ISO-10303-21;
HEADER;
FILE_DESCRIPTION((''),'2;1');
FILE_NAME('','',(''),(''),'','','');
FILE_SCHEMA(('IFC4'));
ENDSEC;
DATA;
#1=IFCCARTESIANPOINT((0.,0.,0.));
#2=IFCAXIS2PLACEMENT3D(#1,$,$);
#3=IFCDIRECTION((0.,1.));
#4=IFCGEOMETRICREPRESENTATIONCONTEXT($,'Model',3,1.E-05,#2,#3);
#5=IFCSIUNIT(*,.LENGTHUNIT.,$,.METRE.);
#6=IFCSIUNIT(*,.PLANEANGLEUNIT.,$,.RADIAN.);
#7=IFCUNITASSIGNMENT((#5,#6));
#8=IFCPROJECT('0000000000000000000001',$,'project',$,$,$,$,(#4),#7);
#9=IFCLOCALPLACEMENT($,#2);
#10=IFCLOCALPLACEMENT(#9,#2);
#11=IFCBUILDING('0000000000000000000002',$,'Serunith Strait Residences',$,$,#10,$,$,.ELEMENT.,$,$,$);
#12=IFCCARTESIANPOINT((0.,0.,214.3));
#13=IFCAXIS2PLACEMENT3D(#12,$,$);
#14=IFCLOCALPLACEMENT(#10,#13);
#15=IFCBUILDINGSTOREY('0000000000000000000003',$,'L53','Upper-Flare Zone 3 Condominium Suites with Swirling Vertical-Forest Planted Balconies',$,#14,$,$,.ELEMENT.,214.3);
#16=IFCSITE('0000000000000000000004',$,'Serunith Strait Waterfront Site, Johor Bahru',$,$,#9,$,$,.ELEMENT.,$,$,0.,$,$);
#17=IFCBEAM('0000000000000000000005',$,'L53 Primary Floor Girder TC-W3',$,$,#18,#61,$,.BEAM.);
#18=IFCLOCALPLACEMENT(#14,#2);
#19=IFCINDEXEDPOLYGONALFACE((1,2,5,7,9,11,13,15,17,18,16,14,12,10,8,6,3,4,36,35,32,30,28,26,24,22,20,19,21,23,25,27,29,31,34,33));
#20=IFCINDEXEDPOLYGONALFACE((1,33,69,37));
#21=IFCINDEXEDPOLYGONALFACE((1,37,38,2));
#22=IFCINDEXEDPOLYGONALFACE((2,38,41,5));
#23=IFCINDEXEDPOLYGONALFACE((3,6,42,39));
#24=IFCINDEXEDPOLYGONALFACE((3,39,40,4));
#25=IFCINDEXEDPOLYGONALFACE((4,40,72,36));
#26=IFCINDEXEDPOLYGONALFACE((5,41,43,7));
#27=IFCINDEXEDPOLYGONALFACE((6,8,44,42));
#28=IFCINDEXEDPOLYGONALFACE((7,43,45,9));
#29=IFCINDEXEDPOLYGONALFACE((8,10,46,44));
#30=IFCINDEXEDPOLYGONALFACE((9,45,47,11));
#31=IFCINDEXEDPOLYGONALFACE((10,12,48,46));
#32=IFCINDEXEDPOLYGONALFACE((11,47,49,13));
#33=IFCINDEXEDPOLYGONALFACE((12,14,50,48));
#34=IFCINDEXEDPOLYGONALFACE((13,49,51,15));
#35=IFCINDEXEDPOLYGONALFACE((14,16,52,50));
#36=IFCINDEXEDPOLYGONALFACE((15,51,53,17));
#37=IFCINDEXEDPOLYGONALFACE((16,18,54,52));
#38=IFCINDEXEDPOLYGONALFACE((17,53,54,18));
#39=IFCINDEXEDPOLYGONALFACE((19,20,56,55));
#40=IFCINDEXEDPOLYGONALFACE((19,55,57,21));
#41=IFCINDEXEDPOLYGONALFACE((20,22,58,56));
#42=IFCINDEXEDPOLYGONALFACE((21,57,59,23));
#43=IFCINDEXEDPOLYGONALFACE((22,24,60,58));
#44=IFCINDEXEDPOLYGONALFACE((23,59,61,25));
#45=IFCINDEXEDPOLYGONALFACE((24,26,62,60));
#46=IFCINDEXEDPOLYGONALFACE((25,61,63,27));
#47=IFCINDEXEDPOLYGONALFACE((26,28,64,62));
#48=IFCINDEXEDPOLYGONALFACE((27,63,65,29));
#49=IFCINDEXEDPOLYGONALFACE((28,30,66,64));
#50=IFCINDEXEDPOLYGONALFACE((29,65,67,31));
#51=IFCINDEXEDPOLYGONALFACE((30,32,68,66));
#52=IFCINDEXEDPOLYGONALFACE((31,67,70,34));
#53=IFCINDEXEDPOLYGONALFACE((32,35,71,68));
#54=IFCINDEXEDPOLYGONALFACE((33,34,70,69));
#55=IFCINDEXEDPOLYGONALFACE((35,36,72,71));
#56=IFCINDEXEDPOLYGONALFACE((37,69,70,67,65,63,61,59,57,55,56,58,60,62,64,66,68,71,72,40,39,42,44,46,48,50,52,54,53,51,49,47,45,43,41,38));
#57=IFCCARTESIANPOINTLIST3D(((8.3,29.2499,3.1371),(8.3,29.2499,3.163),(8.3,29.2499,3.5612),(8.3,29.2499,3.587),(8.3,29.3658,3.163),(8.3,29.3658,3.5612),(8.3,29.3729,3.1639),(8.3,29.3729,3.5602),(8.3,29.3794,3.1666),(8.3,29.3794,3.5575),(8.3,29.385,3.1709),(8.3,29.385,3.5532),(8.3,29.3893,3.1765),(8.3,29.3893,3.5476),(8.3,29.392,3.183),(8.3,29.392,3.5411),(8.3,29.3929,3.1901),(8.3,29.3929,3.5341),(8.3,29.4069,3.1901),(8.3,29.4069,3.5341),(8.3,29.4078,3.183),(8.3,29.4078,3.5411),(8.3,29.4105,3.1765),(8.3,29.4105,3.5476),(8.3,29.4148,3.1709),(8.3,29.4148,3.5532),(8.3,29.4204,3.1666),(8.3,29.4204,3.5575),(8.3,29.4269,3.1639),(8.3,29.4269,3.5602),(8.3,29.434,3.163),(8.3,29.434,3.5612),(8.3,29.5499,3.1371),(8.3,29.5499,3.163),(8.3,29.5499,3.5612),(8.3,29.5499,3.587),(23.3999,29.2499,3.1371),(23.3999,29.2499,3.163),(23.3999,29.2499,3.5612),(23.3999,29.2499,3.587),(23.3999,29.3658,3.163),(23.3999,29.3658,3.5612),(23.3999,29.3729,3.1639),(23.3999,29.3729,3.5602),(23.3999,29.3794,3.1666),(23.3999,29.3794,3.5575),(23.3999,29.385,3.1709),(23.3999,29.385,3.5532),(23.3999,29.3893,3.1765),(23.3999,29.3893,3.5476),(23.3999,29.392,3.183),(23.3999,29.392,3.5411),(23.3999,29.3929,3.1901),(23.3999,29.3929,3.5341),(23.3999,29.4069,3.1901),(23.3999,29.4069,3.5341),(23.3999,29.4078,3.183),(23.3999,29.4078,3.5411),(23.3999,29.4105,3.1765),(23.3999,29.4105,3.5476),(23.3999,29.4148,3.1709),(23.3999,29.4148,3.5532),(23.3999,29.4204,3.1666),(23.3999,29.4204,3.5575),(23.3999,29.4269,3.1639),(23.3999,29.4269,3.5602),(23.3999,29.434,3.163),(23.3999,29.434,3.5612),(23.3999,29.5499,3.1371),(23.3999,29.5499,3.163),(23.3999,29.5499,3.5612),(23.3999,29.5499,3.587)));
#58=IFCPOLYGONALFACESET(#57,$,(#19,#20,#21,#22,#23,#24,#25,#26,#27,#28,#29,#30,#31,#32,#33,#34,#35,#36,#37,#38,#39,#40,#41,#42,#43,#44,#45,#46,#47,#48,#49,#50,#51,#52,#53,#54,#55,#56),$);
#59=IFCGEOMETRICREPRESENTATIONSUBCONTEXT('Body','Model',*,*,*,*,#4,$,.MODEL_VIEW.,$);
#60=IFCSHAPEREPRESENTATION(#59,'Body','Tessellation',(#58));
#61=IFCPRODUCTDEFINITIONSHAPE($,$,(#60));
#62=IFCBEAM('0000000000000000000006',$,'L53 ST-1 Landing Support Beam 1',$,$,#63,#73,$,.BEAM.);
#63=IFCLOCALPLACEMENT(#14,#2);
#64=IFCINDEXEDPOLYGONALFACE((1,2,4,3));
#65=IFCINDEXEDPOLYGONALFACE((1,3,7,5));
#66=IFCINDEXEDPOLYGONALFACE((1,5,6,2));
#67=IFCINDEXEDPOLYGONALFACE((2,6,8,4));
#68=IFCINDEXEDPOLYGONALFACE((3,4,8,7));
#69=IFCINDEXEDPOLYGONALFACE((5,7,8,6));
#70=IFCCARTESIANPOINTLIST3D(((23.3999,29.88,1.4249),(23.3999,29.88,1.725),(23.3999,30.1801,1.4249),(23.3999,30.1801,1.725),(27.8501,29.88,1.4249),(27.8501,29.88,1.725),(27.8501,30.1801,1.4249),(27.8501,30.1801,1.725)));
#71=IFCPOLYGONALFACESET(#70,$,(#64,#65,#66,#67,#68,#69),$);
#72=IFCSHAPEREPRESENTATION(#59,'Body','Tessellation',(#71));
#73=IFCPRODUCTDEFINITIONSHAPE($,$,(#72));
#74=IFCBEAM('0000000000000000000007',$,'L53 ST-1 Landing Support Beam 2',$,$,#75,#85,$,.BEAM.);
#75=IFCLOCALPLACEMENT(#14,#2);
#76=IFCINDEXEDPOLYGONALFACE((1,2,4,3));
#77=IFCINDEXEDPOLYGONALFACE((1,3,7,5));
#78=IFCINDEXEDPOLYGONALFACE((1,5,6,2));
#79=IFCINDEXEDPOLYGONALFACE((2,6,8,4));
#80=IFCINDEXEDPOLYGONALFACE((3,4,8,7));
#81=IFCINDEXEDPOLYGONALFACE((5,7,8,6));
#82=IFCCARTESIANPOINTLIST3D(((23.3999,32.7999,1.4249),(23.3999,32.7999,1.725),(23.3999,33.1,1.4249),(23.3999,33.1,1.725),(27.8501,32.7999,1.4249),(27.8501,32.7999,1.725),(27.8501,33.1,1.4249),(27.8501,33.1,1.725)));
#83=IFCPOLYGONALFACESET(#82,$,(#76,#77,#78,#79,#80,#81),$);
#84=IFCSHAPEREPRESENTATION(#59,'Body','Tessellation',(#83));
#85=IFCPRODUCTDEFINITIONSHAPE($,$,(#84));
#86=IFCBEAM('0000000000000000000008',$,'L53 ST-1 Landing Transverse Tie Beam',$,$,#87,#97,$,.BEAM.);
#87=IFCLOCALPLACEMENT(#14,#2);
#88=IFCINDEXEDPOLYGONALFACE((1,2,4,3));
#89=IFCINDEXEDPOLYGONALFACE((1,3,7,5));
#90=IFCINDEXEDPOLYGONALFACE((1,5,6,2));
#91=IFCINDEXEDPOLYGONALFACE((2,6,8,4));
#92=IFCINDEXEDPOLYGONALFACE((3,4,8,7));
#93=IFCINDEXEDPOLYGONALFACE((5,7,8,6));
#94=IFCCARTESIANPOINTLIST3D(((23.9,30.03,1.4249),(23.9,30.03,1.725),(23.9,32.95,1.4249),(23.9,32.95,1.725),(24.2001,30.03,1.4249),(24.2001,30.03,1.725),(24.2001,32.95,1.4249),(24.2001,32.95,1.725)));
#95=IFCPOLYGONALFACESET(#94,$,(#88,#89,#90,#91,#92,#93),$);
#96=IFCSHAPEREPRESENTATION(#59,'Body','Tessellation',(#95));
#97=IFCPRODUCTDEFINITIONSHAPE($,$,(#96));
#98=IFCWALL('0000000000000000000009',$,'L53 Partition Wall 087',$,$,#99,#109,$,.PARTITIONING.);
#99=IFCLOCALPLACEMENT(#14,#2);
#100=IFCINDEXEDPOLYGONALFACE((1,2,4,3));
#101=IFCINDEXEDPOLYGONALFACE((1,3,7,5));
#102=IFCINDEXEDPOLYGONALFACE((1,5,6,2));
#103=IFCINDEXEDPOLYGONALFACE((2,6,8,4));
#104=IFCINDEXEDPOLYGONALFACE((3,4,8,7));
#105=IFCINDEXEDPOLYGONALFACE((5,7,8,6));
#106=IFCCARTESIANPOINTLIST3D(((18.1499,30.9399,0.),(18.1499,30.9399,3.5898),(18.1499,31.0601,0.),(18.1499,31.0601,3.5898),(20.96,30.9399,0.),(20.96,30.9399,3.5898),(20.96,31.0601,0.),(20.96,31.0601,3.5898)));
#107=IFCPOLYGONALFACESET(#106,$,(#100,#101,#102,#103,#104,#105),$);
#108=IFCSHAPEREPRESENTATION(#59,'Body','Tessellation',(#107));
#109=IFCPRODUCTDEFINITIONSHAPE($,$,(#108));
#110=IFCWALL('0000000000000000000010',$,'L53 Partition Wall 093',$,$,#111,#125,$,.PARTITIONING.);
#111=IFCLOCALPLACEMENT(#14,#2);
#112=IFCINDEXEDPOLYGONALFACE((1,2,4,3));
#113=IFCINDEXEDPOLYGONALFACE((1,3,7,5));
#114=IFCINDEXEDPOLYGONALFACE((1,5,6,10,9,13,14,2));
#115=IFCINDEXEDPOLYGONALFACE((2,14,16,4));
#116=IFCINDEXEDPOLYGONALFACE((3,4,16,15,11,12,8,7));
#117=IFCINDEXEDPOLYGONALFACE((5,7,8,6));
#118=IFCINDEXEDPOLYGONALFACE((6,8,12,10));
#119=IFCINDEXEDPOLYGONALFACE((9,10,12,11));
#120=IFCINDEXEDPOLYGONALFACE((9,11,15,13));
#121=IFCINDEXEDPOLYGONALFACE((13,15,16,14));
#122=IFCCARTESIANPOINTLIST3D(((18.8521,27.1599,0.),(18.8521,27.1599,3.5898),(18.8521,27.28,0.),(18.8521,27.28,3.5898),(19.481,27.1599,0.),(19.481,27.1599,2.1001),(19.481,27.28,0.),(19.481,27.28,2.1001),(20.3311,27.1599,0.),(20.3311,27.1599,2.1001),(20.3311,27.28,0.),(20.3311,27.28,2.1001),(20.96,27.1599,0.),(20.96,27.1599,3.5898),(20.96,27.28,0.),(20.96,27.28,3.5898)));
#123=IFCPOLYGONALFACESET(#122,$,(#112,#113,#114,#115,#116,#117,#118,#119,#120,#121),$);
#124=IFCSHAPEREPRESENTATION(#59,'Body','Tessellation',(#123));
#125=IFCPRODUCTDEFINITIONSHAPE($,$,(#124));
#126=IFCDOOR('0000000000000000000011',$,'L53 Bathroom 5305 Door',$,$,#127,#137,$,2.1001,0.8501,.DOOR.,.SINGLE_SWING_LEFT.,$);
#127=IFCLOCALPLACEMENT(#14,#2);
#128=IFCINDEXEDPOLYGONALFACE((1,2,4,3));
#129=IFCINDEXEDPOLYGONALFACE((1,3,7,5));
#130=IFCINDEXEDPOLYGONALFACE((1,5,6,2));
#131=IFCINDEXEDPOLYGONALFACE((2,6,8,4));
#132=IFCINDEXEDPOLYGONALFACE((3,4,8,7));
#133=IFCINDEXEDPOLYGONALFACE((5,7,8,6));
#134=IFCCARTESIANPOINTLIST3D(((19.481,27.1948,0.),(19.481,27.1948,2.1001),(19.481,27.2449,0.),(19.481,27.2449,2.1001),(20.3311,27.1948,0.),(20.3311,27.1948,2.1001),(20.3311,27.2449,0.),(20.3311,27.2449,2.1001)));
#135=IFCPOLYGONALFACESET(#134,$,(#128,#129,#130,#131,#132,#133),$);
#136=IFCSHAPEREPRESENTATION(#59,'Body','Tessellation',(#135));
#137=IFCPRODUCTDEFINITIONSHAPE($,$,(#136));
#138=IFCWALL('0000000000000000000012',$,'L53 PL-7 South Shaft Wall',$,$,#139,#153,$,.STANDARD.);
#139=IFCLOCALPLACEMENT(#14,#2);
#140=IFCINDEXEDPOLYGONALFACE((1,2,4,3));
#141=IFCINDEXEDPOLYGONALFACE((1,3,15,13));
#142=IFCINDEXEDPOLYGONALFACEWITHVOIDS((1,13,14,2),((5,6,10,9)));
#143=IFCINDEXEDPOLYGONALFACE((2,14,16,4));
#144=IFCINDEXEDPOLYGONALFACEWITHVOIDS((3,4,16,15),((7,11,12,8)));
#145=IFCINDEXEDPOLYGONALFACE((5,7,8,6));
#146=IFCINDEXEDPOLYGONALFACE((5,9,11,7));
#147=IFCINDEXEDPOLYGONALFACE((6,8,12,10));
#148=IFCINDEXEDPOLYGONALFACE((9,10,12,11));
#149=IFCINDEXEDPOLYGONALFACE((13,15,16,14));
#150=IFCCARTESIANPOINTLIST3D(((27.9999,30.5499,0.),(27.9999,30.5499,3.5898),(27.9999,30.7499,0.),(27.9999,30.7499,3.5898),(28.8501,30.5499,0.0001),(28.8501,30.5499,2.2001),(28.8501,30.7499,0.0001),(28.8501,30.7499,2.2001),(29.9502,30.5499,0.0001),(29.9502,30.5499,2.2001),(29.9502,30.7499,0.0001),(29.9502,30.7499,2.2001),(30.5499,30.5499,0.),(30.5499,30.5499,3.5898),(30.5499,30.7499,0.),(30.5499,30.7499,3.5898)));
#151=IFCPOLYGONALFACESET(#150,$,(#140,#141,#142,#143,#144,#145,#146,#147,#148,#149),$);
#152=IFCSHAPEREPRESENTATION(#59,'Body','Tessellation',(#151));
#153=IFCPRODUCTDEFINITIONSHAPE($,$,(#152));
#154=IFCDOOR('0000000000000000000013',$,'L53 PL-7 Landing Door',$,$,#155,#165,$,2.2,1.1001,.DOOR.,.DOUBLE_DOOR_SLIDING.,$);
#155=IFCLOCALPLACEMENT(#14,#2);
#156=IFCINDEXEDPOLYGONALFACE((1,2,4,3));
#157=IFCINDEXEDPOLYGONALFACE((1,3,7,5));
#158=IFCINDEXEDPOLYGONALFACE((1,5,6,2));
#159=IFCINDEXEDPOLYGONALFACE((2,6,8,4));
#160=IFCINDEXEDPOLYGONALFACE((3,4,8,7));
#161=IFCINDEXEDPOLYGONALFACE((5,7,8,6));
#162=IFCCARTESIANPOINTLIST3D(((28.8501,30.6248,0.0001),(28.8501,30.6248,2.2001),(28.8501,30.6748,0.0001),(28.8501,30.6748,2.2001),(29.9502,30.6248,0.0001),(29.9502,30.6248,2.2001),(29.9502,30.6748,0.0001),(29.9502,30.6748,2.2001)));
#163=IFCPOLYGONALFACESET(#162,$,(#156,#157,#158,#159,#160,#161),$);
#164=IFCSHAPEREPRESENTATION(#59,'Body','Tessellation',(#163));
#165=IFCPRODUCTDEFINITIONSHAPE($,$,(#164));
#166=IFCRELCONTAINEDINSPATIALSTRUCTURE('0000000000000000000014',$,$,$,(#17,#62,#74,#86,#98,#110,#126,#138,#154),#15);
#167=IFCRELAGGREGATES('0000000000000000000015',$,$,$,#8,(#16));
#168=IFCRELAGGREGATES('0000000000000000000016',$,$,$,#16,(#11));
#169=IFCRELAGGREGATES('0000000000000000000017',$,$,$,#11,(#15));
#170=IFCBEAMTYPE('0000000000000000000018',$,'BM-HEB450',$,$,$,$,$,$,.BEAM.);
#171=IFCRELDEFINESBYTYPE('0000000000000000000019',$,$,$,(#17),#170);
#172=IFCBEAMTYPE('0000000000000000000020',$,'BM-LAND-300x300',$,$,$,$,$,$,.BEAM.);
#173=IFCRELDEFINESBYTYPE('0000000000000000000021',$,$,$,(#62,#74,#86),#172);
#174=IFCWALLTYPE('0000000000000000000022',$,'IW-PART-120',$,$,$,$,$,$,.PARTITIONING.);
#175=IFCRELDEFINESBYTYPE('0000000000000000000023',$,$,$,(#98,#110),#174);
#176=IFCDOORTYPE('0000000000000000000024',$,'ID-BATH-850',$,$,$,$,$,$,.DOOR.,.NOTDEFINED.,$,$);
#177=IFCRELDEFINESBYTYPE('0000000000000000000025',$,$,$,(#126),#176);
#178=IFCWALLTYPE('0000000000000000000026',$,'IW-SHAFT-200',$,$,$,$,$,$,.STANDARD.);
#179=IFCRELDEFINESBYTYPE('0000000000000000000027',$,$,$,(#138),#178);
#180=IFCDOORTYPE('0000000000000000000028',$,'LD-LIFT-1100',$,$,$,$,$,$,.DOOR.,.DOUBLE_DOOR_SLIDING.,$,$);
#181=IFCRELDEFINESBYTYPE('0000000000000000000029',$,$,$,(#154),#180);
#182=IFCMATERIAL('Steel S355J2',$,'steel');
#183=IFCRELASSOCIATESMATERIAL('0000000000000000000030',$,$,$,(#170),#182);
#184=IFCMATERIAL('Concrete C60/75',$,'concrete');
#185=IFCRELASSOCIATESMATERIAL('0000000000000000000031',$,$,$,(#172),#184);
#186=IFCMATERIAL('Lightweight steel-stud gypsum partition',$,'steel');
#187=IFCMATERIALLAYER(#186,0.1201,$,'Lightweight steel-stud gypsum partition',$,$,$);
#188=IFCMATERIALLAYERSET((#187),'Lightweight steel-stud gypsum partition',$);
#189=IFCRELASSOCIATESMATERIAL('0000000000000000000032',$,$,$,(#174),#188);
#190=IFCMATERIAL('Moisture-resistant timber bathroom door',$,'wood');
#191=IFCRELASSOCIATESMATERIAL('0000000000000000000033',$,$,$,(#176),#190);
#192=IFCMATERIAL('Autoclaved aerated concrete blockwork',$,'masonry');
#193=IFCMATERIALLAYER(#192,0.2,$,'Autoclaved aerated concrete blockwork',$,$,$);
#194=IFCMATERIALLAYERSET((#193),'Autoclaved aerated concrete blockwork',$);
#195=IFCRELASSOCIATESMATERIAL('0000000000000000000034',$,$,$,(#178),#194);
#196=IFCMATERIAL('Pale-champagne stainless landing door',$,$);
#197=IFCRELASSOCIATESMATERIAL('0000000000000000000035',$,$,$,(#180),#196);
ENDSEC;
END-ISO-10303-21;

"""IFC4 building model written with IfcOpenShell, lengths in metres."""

from ifc_helpers import new_model, si_unit, direction, frame, frame_2d, origin, origin_2d, place, context, subcontext, project, spatial, rectangle, i_section, extrude, source, transform, mapped, material, layer, layer_set, material_profile, profile_set, type_object, element, fill, save


model = new_model("IFC4")

# Units and contexts
model_context = context("Model", 3, precision=1e-05, world=origin(), true_north=direction((0.0, 1.0)))
body_context = subcontext(model_context, "Body", "Model", "MODEL_VIEW")
ifc_project = project(units=[si_unit("LENGTHUNIT", "METRE"), si_unit("PLANEANGLEUNIT", "RADIAN")], contexts=[model_context])

# Site, building, storey
site_placement = place(None, origin())
site = spatial("IfcSite", under=ifc_project, at=site_placement, Name="Serunith Strait Waterfront Site, Johor Bahru", CompositionType="ELEMENT", RefElevation=0.0)
building_placement = place(site_placement, origin())
building = spatial("IfcBuilding", under=site, at=building_placement, Name="Serunith Strait Residences", CompositionType="ELEMENT")
storey_placement = place(building_placement, frame((0.0, 0.0, 214.3)))
storey = spatial("IfcBuildingStorey", under=building, at=storey_placement, Name="L53", Description="Upper-Flare Zone 3 Condominium Suites with Swirling Vertical-Forest Planted Balconies", CompositionType="ELEMENT", Elevation=214.3)

# Beams
ifc_material_1 = material(Name="Steel S355J2", Category="steel")
ifc_material_profile_1 = material_profile(ifc_material_1, i_section(OverallWidth=0.3, OverallDepth=0.45, WebThickness=0.0139, FlangeThickness=0.0259, FilletRadius=0.0271, at=origin_2d()), Name="HEB 450")
ifc_profile_set_1 = profile_set([ifc_material_profile_1], Name="Steel S355J2")
beam_type_1 = type_object("IfcBeamType", Name="BM-HEB450", PredefinedType="BEAM", material=ifc_profile_set_1)
shared_shape_1 = source(origin(), body_context, "Body", "SweptSolid", [
    extrude(i_section(OverallWidth=0.3, OverallDepth=0.45, WebThickness=0.0139, FlangeThickness=0.0259, FilletRadius=0.0271, at=origin_2d()), origin(), (0.0, 0.0, 1.0), 15.0999),
])
beam_1_placement = place(storey_placement, frame((23.3999, 29.3999, 3.3621), z_axis=(-1.0, 0.0, 0.0), x_axis=(0.0, -1.0, 0.0)))
element("IfcBeam", 1, at=beam_1_placement, inside=storey, type_object=beam_type_1, Name="L53 Primary Floor Girder TC-W3", PredefinedType="BEAM", context=body_context, shape_type="MappedRepresentation", body=[
    mapped(shared_shape_1, transform((0.0, 0.0, 0.0), scale=1.0)),
])
ifc_material_2 = material(Name="Concrete C60/75", Category="concrete")
ifc_material_profile_2 = material_profile(ifc_material_2, rectangle(XDim=0.3, YDim=0.3, at=origin_2d()), Name="RC 300x300")
ifc_profile_set_2 = profile_set([ifc_material_profile_2], Name="Concrete C60/75")
beam_type_2 = type_object("IfcBeamType", Name="BM-LAND-300x300", PredefinedType="BEAM", material=ifc_profile_set_2)
shared_shape_2 = source(origin(), body_context, "Body", "SweptSolid", [
    extrude(rectangle(XDim=0.3, YDim=0.3, at=origin_2d()), origin(), (0.0, 0.0, 1.0), 4.4502),
])
for number, where, z_axis, x_axis, name in (
    (2, (23.3999, 30.03, 1.575), (1.0, 0.0, 0.0), (0.0, 1.0, 0.0), "L53 ST-1 Landing Support Beam 1"),
    (3, (23.3999, 32.95, 1.575), (1.0, 0.0, 0.0), (0.0, 1.0, 0.0), "L53 ST-1 Landing Support Beam 2"),
):
    element("IfcBeam", number, at=place(storey_placement, frame(where, z_axis=z_axis, x_axis=x_axis)), inside=storey, type_object=beam_type_2, Name=name, PredefinedType="BEAM", context=body_context, shape_type="MappedRepresentation", body=[
        mapped(shared_shape_2, transform((0.0, 0.0, 0.0), scale=1.0)),
    ])
shared_shape_3 = source(origin(), body_context, "Body", "SweptSolid", [
    extrude(rectangle(XDim=0.3, YDim=0.3, at=origin_2d()), origin(), (0.0, 0.0, 1.0), 2.9199),
])
beam_2_placement = place(storey_placement, frame((24.05, 30.03, 1.575), z_axis=(0.0, 1.0, 0.0), x_axis=(-1.0, 0.0, 0.0)))
element("IfcBeam", 4, at=beam_2_placement, inside=storey, type_object=beam_type_2, Name="L53 ST-1 Landing Transverse Tie Beam", PredefinedType="BEAM", context=body_context, shape_type="MappedRepresentation", body=[
    mapped(shared_shape_3, transform((0.0, 0.0, 0.0), scale=1.0)),
])

# Wall
ifc_material_3 = material(Name="Lightweight steel-stud gypsum partition", Category="steel")
ifc_layer_1 = layer(ifc_material_3, 0.1201, Name="Lightweight steel-stud gypsum partition")
ifc_layer_set_1 = layer_set([ifc_layer_1], Name="Lightweight steel-stud gypsum partition")
wall_type_1 = type_object("IfcWallType", Name="IW-PART-120", PredefinedType="PARTITIONING", material=ifc_layer_set_1)
wall_1_placement = place(storey_placement, frame((18.1499, 31.0, 0.0), z_axis=(0.0, 0.0, 1.0), x_axis=(1.0, 0.0, 0.0)))
element("IfcWall", 5, at=wall_1_placement, inside=storey, type_object=wall_type_1, Name="L53 Partition Wall 087", PredefinedType="PARTITIONING", context=body_context, shape_type="SweptSolid", body=[
    extrude(rectangle(XDim=2.8101, YDim=0.1201, at=frame_2d((1.405, 0.0))), origin(), (0.0, 0.0, 1.0), 3.5898),
])

# Walls, openings, doors
wall_2_placement = place(storey_placement, frame((18.8521, 27.22, 0.0), z_axis=(0.0, 0.0, 1.0), x_axis=(1.0, 0.0, 0.0)))
wall_2 = element("IfcWall", 6, at=wall_2_placement, inside=storey, type_object=wall_type_1, Name="L53 Partition Wall 093", PredefinedType="PARTITIONING", context=body_context, shape_type="SweptSolid", body=[
    extrude(rectangle(XDim=2.1079, YDim=0.1201, at=frame_2d((1.054, 0.0))), origin(), (0.0, 0.0, 1.0), 3.5898),
])
opening_1_placement = place(wall_2_placement, frame((0.6289, 0.0, 0.0)))
opening_1 = element("IfcOpeningElement", 7, at=opening_1_placement, cuts=wall_2, PredefinedType="OPENING", context=body_context, shape_type="SweptSolid", body=[
    extrude(rectangle(XDim=0.8501, YDim=2.1001, at=frame_2d((0.425, 1.05))), frame((0.0, 0.0701, 0.0), z_axis=(0.0, -1.0, 0.0), x_axis=(1.0, 0.0, 0.0)), (0.0, 0.0, 1.0), 0.1401),
])
ifc_material_4 = material(Name="Moisture-resistant timber bathroom door", Category="wood")
door_type_1 = type_object("IfcDoorType", Name="ID-BATH-850", OperationType="NOTDEFINED", PredefinedType="DOOR", material=ifc_material_4)
shared_shape_4 = source(origin(), body_context, "Body", "SweptSolid", [
    extrude(rectangle(XDim=0.8501, YDim=2.1001, at=frame_2d((0.425, 1.05))), frame((0.0, 0.0249, 0.0), z_axis=(0.0, -1.0, 0.0), x_axis=(1.0, 0.0, 0.0)), (0.0, 0.0, 1.0), 0.05),
])
door_1_placement = place(opening_1_placement, origin())
door_1 = element("IfcDoor", 8, at=door_1_placement, inside=storey, type_object=door_type_1, Name="L53 Bathroom 5305 Door", OperationType="SINGLE_SWING_LEFT", OverallHeight=2.1001, OverallWidth=0.8501, PredefinedType="DOOR", context=body_context, shape_type="MappedRepresentation", body=[
    mapped(shared_shape_4, transform((0.0, 0.0, 0.0), scale=1.0)),
])
fill(opening_1, door_1)
ifc_material_5 = material(Name="Autoclaved aerated concrete blockwork", Category="masonry")
ifc_layer_2 = layer(ifc_material_5, 0.2, Name="Autoclaved aerated concrete blockwork")
ifc_layer_set_2 = layer_set([ifc_layer_2], Name="Autoclaved aerated concrete blockwork")
wall_type_2 = type_object("IfcWallType", Name="IW-SHAFT-200", PredefinedType="STANDARD", material=ifc_layer_set_2)
wall_3_placement = place(storey_placement, frame((28.0, 30.6499, 0.0), z_axis=(0.0, 0.0, 1.0), x_axis=(1.0, 0.0, 0.0)))
wall_3 = element("IfcWall", 9, at=wall_3_placement, inside=storey, type_object=wall_type_2, Name="L53 PL-7 South Shaft Wall", PredefinedType="STANDARD", context=body_context, shape_type="SweptSolid", body=[
    extrude(rectangle(XDim=2.55, YDim=0.2, at=frame_2d((1.2749, 0.0))), origin(), (0.0, 0.0, 1.0), 3.5898),
])
opening_2_placement = place(wall_3_placement, frame((0.8501, 0.0, 0.0)))
opening_2 = element("IfcOpeningElement", 10, at=opening_2_placement, cuts=wall_3, PredefinedType="OPENING", context=body_context, shape_type="SweptSolid", body=[
    extrude(rectangle(XDim=1.1001, YDim=2.2, at=frame_2d((0.55, 1.1001))), frame((0.0, 0.1099, 0.0), z_axis=(0.0, -1.0, 0.0), x_axis=(1.0, 0.0, 0.0)), (0.0, 0.0, 1.0), 0.22),
])
ifc_material_6 = material(Name="Pale-champagne stainless landing door")
door_type_2 = type_object("IfcDoorType", Name="LD-LIFT-1100", OperationType="DOUBLE_DOOR_SLIDING", PredefinedType="DOOR", material=ifc_material_6)
shared_shape_5 = source(origin(), body_context, "Body", "SweptSolid", [
    extrude(rectangle(XDim=1.1001, YDim=2.2, at=frame_2d((0.55, 1.1001))), frame((0.0, 0.0249, 0.0), z_axis=(0.0, -1.0, 0.0), x_axis=(1.0, 0.0, 0.0)), (0.0, 0.0, 1.0), 0.05),
])
door_2_placement = place(opening_2_placement, origin())
door_2 = element("IfcDoor", 11, at=door_2_placement, inside=storey, type_object=door_type_2, Name="L53 PL-7 Landing Door", OperationType="DOUBLE_DOOR_SLIDING", OverallHeight=2.2, OverallWidth=1.1001, PredefinedType="DOOR", context=body_context, shape_type="MappedRepresentation", body=[
    mapped(shared_shape_5, transform((0.0, 0.0, 0.0), scale=1.0)),
])
fill(opening_2, door_2)

save(model, "model.ifc")
